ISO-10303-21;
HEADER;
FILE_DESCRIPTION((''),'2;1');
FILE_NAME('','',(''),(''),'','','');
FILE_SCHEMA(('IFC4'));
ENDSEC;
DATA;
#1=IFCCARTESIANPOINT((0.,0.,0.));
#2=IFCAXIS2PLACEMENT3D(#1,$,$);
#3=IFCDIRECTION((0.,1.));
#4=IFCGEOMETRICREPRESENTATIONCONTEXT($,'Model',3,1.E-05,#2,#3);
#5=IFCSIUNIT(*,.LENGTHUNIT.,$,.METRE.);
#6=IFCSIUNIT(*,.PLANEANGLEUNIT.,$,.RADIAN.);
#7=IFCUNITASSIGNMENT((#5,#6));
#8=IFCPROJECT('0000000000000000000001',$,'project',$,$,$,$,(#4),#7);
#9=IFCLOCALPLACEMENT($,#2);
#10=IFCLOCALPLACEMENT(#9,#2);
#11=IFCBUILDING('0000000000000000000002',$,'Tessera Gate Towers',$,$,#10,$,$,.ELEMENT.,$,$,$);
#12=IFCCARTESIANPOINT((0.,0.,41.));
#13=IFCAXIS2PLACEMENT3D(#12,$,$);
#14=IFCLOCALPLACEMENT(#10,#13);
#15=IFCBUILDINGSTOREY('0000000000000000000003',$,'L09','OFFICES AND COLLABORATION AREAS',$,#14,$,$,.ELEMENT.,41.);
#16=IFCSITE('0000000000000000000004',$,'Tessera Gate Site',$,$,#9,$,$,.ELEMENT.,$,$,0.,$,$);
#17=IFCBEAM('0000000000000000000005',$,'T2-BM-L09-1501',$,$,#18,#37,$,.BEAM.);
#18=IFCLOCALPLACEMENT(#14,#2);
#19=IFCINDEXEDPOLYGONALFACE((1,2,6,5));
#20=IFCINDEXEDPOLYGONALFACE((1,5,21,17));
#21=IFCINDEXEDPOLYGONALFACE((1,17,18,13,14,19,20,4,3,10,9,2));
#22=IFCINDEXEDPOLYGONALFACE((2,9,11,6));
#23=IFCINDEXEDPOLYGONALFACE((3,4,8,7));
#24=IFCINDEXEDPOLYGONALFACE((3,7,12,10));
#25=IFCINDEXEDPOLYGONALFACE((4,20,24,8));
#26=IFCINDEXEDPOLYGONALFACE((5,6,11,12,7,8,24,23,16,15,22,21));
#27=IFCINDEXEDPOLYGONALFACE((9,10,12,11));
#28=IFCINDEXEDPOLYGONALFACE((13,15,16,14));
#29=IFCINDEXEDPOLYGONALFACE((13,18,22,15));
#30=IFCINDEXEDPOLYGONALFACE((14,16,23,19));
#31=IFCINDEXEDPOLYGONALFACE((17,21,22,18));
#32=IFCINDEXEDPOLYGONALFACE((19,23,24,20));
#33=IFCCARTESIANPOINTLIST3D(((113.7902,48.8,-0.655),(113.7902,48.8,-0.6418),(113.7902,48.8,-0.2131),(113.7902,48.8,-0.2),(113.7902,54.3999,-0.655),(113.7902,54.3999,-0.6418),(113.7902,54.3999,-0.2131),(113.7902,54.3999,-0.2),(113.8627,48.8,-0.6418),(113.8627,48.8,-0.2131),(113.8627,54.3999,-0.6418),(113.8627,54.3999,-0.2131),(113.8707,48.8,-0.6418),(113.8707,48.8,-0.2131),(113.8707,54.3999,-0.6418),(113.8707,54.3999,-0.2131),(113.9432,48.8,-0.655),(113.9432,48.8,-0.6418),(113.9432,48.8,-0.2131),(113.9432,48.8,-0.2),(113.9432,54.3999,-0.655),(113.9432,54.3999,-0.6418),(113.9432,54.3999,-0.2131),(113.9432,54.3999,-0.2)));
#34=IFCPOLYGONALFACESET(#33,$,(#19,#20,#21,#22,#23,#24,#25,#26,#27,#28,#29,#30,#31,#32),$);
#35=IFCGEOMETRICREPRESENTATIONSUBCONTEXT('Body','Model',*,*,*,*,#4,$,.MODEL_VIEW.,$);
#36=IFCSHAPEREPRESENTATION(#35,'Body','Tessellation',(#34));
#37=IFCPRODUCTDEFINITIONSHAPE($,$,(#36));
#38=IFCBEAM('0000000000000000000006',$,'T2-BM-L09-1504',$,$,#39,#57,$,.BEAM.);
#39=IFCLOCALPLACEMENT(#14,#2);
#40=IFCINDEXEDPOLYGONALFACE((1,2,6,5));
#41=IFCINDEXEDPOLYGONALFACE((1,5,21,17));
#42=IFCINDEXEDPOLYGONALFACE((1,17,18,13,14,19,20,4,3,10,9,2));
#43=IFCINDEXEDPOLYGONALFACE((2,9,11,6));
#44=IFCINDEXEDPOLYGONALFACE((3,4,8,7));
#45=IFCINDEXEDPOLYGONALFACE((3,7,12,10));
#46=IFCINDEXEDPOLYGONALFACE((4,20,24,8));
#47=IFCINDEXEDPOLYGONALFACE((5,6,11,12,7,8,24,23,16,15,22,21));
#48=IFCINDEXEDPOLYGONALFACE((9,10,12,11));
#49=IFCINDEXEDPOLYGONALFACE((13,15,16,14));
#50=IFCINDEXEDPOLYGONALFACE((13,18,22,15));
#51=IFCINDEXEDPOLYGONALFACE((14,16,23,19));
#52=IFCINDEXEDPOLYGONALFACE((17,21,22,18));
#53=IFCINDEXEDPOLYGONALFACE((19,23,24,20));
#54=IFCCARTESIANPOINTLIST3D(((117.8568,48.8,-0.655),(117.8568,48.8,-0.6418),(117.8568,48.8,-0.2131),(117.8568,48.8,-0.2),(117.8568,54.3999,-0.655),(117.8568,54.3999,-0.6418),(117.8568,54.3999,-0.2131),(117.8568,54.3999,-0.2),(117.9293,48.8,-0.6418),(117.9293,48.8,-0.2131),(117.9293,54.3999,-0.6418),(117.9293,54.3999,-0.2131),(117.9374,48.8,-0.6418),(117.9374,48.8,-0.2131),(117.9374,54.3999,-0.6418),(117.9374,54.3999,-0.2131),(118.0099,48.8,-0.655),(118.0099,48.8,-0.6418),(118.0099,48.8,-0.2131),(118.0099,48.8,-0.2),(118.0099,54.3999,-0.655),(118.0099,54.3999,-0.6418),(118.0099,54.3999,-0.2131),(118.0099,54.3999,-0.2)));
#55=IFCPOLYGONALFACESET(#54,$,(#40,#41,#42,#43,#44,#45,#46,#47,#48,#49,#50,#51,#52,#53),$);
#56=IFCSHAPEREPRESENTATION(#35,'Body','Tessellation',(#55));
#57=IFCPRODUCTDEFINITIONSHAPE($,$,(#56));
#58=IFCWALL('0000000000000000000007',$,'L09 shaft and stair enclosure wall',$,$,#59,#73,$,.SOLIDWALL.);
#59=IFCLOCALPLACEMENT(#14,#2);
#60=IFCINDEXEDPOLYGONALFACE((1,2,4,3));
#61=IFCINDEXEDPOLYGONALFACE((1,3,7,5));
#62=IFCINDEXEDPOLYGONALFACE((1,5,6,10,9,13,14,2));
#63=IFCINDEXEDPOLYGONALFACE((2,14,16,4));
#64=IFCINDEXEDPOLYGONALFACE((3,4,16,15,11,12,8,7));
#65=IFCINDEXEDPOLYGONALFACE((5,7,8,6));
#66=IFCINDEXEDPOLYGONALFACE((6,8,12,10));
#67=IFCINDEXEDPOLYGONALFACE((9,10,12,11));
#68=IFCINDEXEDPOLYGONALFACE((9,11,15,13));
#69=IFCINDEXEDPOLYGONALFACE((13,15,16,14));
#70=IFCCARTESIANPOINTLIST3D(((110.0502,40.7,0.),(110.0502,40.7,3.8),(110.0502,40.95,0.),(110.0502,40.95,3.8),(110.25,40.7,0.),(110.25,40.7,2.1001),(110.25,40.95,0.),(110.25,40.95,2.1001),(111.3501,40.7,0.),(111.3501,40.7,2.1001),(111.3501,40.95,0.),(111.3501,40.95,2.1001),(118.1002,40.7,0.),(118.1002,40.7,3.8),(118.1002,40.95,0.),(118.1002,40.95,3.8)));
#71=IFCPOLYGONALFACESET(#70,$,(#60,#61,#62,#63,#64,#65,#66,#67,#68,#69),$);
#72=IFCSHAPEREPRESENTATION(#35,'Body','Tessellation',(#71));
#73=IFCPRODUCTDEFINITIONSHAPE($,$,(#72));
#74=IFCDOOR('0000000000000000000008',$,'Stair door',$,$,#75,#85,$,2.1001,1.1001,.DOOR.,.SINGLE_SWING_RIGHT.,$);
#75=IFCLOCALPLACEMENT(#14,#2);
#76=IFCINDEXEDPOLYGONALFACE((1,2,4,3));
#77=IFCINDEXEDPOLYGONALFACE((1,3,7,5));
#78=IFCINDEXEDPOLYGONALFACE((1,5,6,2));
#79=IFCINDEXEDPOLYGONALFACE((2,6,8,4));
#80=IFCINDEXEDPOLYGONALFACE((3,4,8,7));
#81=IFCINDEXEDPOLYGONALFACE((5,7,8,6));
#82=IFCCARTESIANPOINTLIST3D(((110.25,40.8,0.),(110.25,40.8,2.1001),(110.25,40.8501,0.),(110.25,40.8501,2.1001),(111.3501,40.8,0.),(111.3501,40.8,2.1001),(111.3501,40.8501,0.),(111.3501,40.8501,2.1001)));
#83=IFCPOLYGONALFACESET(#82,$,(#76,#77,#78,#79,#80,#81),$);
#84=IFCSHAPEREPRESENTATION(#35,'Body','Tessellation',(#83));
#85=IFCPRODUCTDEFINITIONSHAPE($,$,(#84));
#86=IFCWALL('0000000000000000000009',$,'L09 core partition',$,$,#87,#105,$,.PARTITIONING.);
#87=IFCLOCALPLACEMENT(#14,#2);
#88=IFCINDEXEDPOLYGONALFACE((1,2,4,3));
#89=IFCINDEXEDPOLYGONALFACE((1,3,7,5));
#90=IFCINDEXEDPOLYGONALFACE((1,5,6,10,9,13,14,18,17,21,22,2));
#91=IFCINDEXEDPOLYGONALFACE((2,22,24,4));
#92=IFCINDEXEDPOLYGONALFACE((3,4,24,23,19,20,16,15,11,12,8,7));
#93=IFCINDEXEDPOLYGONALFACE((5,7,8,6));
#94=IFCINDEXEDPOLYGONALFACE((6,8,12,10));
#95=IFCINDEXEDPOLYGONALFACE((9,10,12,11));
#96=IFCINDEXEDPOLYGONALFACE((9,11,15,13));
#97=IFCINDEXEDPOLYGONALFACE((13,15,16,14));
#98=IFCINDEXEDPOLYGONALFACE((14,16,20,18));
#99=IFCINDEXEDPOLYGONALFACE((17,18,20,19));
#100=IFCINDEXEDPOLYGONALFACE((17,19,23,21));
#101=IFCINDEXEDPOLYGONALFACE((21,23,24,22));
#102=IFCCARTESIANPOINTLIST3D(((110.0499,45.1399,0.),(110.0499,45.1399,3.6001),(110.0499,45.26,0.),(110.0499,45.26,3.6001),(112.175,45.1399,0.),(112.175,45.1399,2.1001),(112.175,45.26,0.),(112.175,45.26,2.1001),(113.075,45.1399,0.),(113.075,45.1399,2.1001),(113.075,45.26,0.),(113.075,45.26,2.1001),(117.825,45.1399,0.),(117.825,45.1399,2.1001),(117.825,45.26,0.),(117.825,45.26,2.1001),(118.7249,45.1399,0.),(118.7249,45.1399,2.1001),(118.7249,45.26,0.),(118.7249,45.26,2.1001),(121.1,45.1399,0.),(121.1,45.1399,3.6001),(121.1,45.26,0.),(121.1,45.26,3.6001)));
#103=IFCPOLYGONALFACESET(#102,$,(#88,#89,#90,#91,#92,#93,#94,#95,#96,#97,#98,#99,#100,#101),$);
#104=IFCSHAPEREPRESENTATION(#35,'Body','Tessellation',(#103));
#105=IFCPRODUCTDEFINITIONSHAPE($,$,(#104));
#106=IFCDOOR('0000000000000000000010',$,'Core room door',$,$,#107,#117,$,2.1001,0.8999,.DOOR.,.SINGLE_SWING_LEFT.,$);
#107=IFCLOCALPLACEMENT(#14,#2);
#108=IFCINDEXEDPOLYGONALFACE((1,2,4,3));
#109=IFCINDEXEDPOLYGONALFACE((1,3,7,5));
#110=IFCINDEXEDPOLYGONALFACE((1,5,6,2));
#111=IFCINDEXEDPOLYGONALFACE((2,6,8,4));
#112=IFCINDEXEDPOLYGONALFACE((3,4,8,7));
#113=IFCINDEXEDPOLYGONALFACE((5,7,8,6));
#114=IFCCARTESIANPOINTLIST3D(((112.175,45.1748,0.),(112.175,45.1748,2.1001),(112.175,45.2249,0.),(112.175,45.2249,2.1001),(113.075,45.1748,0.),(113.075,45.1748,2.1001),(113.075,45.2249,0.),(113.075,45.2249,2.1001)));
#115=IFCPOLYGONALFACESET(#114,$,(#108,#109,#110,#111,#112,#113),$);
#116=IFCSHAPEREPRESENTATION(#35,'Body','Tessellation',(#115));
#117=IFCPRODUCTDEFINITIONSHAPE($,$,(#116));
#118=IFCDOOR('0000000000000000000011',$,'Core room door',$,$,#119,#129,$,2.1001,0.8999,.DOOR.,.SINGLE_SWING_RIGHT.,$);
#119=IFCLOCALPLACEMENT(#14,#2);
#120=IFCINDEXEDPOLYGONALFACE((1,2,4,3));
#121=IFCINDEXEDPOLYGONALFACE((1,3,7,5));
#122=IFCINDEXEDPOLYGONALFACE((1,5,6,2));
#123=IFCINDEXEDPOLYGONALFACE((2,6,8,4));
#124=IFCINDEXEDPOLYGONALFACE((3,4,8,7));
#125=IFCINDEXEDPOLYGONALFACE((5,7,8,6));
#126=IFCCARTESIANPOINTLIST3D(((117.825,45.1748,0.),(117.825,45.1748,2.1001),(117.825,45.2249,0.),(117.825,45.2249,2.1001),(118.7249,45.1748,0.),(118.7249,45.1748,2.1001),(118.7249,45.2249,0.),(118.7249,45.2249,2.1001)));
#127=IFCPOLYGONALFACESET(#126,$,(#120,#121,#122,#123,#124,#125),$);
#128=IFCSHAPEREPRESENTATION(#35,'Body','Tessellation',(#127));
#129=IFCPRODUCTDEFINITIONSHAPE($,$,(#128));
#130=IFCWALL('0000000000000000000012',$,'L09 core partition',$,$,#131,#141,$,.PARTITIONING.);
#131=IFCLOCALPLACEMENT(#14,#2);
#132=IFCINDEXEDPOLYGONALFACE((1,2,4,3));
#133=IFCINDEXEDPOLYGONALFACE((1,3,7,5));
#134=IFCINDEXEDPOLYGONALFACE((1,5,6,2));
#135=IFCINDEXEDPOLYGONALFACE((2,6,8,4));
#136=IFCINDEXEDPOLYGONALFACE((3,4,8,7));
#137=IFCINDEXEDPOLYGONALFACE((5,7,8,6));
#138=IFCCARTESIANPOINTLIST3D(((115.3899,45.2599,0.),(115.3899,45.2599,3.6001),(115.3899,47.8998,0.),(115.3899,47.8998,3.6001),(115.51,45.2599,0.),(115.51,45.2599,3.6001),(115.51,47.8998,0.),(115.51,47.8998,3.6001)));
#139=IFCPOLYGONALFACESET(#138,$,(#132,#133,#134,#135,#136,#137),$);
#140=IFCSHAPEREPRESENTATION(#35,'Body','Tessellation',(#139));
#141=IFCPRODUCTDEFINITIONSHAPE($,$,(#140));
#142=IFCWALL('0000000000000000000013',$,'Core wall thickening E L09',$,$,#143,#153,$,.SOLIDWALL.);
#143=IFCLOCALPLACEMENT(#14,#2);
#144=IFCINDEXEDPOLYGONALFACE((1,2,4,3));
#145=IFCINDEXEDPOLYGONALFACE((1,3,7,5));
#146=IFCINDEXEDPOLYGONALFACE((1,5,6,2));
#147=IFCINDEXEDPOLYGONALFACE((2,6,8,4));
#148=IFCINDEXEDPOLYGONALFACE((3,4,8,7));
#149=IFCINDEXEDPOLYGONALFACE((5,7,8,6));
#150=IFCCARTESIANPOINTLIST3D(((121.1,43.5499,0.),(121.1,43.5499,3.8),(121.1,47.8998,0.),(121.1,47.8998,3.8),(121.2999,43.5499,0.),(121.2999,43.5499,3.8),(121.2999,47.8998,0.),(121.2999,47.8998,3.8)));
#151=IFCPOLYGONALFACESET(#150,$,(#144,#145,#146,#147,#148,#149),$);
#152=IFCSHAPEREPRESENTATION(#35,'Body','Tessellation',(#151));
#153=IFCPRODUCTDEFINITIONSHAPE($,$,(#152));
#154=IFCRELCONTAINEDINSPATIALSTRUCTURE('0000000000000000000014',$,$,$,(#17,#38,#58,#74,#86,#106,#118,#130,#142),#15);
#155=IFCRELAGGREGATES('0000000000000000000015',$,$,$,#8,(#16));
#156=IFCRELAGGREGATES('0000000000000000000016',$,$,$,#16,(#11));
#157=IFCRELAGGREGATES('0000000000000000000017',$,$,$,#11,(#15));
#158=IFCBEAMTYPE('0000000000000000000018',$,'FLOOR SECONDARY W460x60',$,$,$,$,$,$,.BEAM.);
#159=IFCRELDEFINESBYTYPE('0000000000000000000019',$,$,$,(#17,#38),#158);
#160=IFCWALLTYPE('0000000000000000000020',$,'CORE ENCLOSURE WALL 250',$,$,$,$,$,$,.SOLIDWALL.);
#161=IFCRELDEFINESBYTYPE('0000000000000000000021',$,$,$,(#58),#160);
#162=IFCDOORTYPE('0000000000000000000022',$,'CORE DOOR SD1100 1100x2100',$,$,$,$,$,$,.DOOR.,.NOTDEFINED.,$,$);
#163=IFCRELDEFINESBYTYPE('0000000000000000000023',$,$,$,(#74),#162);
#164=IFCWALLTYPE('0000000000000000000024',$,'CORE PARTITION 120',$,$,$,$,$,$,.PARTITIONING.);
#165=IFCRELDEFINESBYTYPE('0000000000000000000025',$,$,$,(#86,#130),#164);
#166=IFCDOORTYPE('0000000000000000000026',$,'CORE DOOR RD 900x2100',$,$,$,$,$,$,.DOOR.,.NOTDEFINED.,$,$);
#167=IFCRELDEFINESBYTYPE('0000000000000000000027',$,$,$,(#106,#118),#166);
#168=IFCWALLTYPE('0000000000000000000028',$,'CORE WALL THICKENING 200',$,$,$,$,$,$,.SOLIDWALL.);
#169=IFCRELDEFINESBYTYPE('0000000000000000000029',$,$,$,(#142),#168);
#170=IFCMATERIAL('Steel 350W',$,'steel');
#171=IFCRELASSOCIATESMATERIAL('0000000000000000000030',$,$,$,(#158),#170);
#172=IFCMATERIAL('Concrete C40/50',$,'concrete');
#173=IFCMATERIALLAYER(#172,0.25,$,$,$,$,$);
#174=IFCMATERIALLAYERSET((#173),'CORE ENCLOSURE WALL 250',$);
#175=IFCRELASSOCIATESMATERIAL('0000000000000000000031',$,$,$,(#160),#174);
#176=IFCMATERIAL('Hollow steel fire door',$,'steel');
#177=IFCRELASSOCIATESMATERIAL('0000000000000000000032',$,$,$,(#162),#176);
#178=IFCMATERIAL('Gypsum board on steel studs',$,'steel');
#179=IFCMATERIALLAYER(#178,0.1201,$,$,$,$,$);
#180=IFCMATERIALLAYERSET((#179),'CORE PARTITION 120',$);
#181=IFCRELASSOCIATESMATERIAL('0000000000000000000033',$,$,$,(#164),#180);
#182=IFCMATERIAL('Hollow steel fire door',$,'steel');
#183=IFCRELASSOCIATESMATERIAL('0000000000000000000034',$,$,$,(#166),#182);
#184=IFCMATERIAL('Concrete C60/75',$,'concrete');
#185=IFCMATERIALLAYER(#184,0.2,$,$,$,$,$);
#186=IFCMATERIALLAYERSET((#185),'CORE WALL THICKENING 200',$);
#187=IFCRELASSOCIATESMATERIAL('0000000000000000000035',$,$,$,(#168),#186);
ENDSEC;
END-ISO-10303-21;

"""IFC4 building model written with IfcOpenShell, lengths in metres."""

from ifc_helpers import new_model, si_unit, direction, frame, frame_2d, origin, origin_2d, place, context, subcontext, project, spatial, rectangle, i_section, extrude, source, transform, mapped, material, layer, layer_set, material_profile, profile_set, type_object, element, fill, save


model = new_model("IFC4")

# Units and contexts
model_context = context("Model", 3, precision=1e-05, world=origin(), true_north=direction((0.0, 1.0)))
body_context = subcontext(model_context, "Body", "Model", "MODEL_VIEW")
ifc_project = project(units=[si_unit("LENGTHUNIT", "METRE"), si_unit("PLANEANGLEUNIT", "RADIAN")], contexts=[model_context])

# Site, building, storey
site_placement = place(None, origin())
site = spatial("IfcSite", under=ifc_project, at=site_placement, Name="Tessera Gate Site", CompositionType="ELEMENT", RefElevation=0.0)
building_placement = place(site_placement, origin())
building = spatial("IfcBuilding", under=site, at=building_placement, Name="Tessera Gate Towers", CompositionType="ELEMENT")
storey_placement = place(building_placement, frame((0.0, 0.0, 41.0)))
storey = spatial("IfcBuildingStorey", under=building, at=storey_placement, Name="L09", Description="OFFICES AND COLLABORATION AREAS", CompositionType="ELEMENT", Elevation=41.0)

# Beams
ifc_material_1 = material(Name="Steel 350W", Category="steel")
ifc_material_profile = material_profile(ifc_material_1, i_section(OverallWidth=0.1531, OverallDepth=0.4551, WebThickness=0.0081, FlangeThickness=0.0132, at=origin_2d()), Name="W460x60")
ifc_profile_set = profile_set([ifc_material_profile], Name="Steel 350W")
beam_type = type_object("IfcBeamType", Name="FLOOR SECONDARY W460x60", PredefinedType="BEAM", material=ifc_profile_set)
for number, where, z_axis, x_axis, name in (
    (1, (113.8667, 48.8, -0.4275), (0.0, 1.0, 0.0), (-1.0, 0.0, 0.0), "T2-BM-L09-1501"),
    (2, (117.9333, 48.8, -0.4275), (0.0, 1.0, 0.0), (-1.0, 0.0, 0.0), "T2-BM-L09-1504"),
):
    element("IfcBeam", number, at=place(storey_placement, frame(where, z_axis=z_axis, x_axis=x_axis)), inside=storey, type_object=beam_type, Name=name, PredefinedType="BEAM", context=body_context, shape_type="SweptSolid", body=[
        extrude(i_section(OverallWidth=0.1531, OverallDepth=0.4551, WebThickness=0.0081, FlangeThickness=0.0132, at=origin_2d()), origin(), (0.0, 0.0, 1.0), 5.5999),
    ])

# Wall, opening, door
ifc_material_2 = material(Name="Concrete C40/50", Category="concrete")
ifc_layer_1 = layer(ifc_material_2, 0.25)
ifc_layer_set_1 = layer_set([ifc_layer_1], Name="CORE ENCLOSURE WALL 250")
wall_type_1 = type_object("IfcWallType", Name="CORE ENCLOSURE WALL 250", PredefinedType="SOLIDWALL", material=ifc_layer_set_1)
wall_1_placement = place(storey_placement, frame((118.1001, 40.825, 0.0), z_axis=(0.0, 0.0, 1.0), x_axis=(-1.0, 0.0, 0.0)))
wall_1 = element("IfcWall", 3, at=wall_1_placement, inside=storey, type_object=wall_type_1, Name="L09 shaft and stair enclosure wall", PredefinedType="SOLIDWALL", context=body_context, shape_type="SweptSolid", body=[
    extrude(rectangle(XDim=8.05, YDim=0.25, at=frame_2d((4.0249, 0.0))), origin(), (0.0, 0.0, 1.0), 3.8),
])
shared_shape_1 = source(origin(), body_context, "Body", "SweptSolid", [
    extrude(rectangle(XDim=1.1001, YDim=2.1001, at=frame_2d((0.55, 1.05))), frame((0.0, 0.135, 0.0), z_axis=(0.0, -1.0, 0.0), x_axis=(1.0, 0.0, 0.0)), (0.0, 0.0, 1.0), 0.27),
])
opening_1_placement = place(wall_1_placement, frame((6.75, 0.0, 0.0)))
opening_1 = element("IfcOpeningElement", 4, at=opening_1_placement, cuts=wall_1, PredefinedType="OPENING", context=body_context, shape_type="MappedRepresentation", body=[
    mapped(shared_shape_1, transform((0.0, 0.0, 0.0), scale=1.0)),
])
ifc_material_3 = material(Name="Hollow steel fire door", Category="steel")
door_type_1 = type_object("IfcDoorType", Name="CORE DOOR SD1100 1100x2100", OperationType="NOTDEFINED", PredefinedType="DOOR", material=ifc_material_3)
shared_shape_2 = source(origin(), body_context, "Body", "SweptSolid", [
    extrude(rectangle(XDim=1.1001, YDim=2.1001, at=frame_2d((0.55, 1.05))), frame((0.0, 0.0249, 0.0), z_axis=(0.0, -1.0, 0.0), x_axis=(1.0, 0.0, 0.0)), (0.0, 0.0, 1.0), 0.05),
])
door_1_placement = place(opening_1_placement, origin())
door_1 = element("IfcDoor", 5, at=door_1_placement, inside=storey, type_object=door_type_1, Name="Stair door", OperationType="SINGLE_SWING_RIGHT", OverallHeight=2.1001, OverallWidth=1.1001, PredefinedType="DOOR", context=body_context, shape_type="MappedRepresentation", body=[
    mapped(shared_shape_2, transform((0.0, 0.0, 0.0), scale=1.0)),
])
fill(opening_1, door_1)

# Wall, openings, doors
ifc_material_4 = material(Name="Gypsum board on steel studs", Category="steel")
ifc_layer_2 = layer(ifc_material_4, 0.1201)
ifc_layer_set_2 = layer_set([ifc_layer_2], Name="CORE PARTITION 120")
wall_type_2 = type_object("IfcWallType", Name="CORE PARTITION 120", PredefinedType="PARTITIONING", material=ifc_layer_set_2)
wall_2_placement = place(storey_placement, frame((110.05, 45.2, 0.0), z_axis=(0.0, 0.0, 1.0), x_axis=(1.0, 0.0, 0.0)))
wall_2 = element("IfcWall", 6, at=wall_2_placement, inside=storey, type_object=wall_type_2, Name="L09 core partition", PredefinedType="PARTITIONING", context=body_context, shape_type="SweptSolid", body=[
    extrude(rectangle(XDim=11.05, YDim=0.1201, at=frame_2d((5.5249, 0.0))), origin(), (0.0, 0.0, 1.0), 3.6001),
])
shared_shape_3 = source(origin(), body_context, "Body", "SweptSolid", [
    extrude(rectangle(XDim=0.8999, YDim=2.1001, at=frame_2d((0.45, 1.05))), frame((0.0, 0.0701, 0.0), z_axis=(0.0, -1.0, 0.0), x_axis=(1.0, 0.0, 0.0)), (0.0, 0.0, 1.0), 0.1401),
])
opening_2_placement = place(wall_2_placement, frame((2.125, 0.0, 0.0)))
opening_2 = element("IfcOpeningElement", 7, at=opening_2_placement, cuts=wall_2, PredefinedType="OPENING", context=body_context, shape_type="MappedRepresentation", body=[
    mapped(shared_shape_3, transform((0.0, 0.0, 0.0), scale=1.0)),
])
opening_3_placement = place(wall_2_placement, frame((7.7749, 0.0, 0.0)))
opening_3 = element("IfcOpeningElement", 8, at=opening_3_placement, cuts=wall_2, PredefinedType="OPENING", context=body_context, shape_type="MappedRepresentation", body=[
    mapped(shared_shape_3, transform((0.0, 0.0, 0.0), scale=1.0)),
])
ifc_material_5 = material(Name="Hollow steel fire door", Category="steel")
door_type_2 = type_object("IfcDoorType", Name="CORE DOOR RD 900x2100", OperationType="NOTDEFINED", PredefinedType="DOOR", material=ifc_material_5)
shared_shape_4 = source(origin(), body_context, "Body", "SweptSolid", [
    extrude(rectangle(XDim=0.8999, YDim=2.1001, at=frame_2d((0.45, 1.05))), frame((0.0, 0.0249, 0.0), z_axis=(0.0, -1.0, 0.0), x_axis=(1.0, 0.0, 0.0)), (0.0, 0.0, 1.0), 0.05),
])
door_2_placement = place(opening_2_placement, origin())
door_2 = element("IfcDoor", 9, at=door_2_placement, inside=storey, type_object=door_type_2, Name="Core room door", OperationType="SINGLE_SWING_LEFT", OverallHeight=2.1001, OverallWidth=0.8999, PredefinedType="DOOR", context=body_context, shape_type="MappedRepresentation", body=[
    mapped(shared_shape_4, transform((0.0, 0.0, 0.0), scale=1.0)),
])
fill(opening_2, door_2)
door_3_placement = place(opening_3_placement, origin())
door_3 = element("IfcDoor", 10, at=door_3_placement, inside=storey, type_object=door_type_2, Name="Core room door", OperationType="SINGLE_SWING_RIGHT", OverallHeight=2.1001, OverallWidth=0.8999, PredefinedType="DOOR", context=body_context, shape_type="MappedRepresentation", body=[
    mapped(shared_shape_4, transform((0.0, 0.0, 0.0), scale=1.0)),
])
fill(opening_3, door_3)

# Walls
wall_3_placement = place(storey_placement, frame((115.45, 45.26, 0.0), z_axis=(0.0, 0.0, 1.0), x_axis=(0.0, 1.0, 0.0)))
element("IfcWall", 11, at=wall_3_placement, inside=storey, type_object=wall_type_2, Name="L09 core partition", PredefinedType="PARTITIONING", context=body_context, shape_type="SweptSolid", body=[
    extrude(rectangle(XDim=2.6399, YDim=0.1201, at=frame_2d((1.3198, 0.0))), origin(), (0.0, 0.0, 1.0), 3.6001),
])
ifc_material_6 = material(Name="Concrete C60/75", Category="concrete")
ifc_layer_3 = layer(ifc_material_6, 0.2)
ifc_layer_set_3 = layer_set([ifc_layer_3], Name="CORE WALL THICKENING 200")
wall_type_3 = type_object("IfcWallType", Name="CORE WALL THICKENING 200", PredefinedType="SOLIDWALL", material=ifc_layer_set_3)
wall_4_placement = place(storey_placement, frame((121.2, 43.55, 0.0), z_axis=(0.0, 0.0, 1.0), x_axis=(0.0, 1.0, 0.0)))
element("IfcWall", 12, at=wall_4_placement, inside=storey, type_object=wall_type_3, Name="Core wall thickening E L09", PredefinedType="SOLIDWALL", context=body_context, shape_type="SweptSolid", body=[
    extrude(rectangle(XDim=4.3499, YDim=0.2, at=frame_2d((2.1748, 0.0))), origin(), (0.0, 0.0, 1.0), 3.8),
])

save(model, "model.ifc")
